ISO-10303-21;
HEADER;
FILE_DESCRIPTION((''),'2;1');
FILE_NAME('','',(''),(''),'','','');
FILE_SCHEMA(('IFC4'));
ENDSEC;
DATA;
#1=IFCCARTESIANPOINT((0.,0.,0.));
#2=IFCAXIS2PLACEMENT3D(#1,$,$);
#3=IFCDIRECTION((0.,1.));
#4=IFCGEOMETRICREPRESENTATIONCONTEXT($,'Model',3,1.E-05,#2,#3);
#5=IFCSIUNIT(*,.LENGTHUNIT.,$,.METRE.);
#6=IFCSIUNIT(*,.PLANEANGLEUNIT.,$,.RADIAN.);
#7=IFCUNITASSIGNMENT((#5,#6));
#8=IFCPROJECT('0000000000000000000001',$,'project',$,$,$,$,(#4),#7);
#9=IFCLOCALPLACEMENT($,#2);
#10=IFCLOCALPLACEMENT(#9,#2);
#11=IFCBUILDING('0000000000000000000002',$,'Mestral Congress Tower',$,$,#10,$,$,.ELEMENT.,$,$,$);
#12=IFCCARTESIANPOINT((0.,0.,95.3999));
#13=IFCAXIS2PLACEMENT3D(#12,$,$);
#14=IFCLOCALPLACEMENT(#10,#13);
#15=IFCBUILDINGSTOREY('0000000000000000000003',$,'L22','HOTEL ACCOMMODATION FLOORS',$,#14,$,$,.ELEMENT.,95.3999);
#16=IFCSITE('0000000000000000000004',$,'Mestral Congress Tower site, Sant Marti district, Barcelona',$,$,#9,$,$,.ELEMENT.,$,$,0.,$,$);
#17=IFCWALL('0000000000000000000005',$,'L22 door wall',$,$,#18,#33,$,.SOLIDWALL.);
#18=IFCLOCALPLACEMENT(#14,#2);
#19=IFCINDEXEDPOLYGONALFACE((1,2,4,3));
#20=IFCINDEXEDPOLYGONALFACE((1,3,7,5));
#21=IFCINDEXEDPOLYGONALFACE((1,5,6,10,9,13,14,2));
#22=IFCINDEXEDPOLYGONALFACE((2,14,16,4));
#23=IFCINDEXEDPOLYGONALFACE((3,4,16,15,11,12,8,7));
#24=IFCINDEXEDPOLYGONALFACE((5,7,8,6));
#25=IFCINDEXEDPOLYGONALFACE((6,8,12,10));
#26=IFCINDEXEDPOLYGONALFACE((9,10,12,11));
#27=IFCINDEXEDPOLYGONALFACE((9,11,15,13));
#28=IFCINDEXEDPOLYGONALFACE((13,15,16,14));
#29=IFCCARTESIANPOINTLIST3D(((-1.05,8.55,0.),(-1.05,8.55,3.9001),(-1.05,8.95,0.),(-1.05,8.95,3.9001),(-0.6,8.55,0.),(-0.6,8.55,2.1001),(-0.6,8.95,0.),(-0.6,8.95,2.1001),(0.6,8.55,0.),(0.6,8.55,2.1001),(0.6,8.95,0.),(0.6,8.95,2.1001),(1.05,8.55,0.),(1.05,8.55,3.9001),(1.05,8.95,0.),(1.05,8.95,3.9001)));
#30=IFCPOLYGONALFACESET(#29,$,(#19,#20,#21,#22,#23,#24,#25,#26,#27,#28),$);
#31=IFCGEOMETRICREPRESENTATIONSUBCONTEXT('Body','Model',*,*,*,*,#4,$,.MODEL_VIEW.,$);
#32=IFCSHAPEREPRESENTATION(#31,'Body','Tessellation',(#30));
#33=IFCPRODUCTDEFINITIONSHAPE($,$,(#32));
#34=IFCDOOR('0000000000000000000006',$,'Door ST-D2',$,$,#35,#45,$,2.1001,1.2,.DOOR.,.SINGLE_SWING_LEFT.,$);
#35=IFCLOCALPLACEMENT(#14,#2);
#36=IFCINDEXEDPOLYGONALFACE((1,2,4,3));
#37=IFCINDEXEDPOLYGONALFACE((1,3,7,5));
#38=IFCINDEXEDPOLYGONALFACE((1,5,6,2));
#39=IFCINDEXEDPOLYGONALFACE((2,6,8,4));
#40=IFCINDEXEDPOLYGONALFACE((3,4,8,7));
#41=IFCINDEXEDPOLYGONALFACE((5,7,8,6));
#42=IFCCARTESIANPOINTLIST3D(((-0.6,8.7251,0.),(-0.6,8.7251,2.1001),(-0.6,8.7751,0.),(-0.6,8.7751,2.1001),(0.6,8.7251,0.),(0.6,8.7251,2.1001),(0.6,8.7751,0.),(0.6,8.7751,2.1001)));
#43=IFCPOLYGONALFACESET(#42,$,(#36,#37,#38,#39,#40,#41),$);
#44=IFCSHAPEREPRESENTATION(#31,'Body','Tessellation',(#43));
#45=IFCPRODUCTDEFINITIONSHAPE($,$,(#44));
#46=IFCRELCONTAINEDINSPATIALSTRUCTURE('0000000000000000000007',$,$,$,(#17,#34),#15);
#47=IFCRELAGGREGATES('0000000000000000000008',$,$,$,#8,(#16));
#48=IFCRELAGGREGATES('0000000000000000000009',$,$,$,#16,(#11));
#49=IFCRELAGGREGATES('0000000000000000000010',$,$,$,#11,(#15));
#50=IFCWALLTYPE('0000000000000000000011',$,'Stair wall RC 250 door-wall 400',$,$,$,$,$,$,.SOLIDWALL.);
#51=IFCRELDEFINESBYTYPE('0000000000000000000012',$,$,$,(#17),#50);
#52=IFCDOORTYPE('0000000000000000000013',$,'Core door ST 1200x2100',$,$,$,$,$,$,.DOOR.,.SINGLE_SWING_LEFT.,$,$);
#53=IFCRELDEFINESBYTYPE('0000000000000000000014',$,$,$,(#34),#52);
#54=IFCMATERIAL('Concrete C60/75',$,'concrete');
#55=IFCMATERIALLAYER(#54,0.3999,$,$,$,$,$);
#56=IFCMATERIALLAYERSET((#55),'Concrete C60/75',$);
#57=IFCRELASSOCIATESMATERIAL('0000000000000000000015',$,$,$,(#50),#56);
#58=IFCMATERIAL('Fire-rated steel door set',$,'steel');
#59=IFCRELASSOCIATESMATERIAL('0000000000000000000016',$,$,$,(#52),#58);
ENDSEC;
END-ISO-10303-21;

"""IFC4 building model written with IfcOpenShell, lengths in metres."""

from ifc_helpers import new_model, si_unit, direction, frame, frame_2d, origin, place, context, subcontext, project, spatial, rectangle, extrude, material, layer, layer_set, type_object, element, fill, save


model = new_model("IFC4")

# Units and contexts
model_context = context("Model", 3, precision=1e-05, world=origin(), true_north=direction((0.0, 1.0)))
body_context = subcontext(model_context, "Body", "Model", "MODEL_VIEW")
ifc_project = project(units=[si_unit("LENGTHUNIT", "METRE"), si_unit("PLANEANGLEUNIT", "RADIAN")], contexts=[model_context])

# Site, building, storey
site_placement = place(None, origin())
site = spatial("IfcSite", under=ifc_project, at=site_placement, Name="Mestral Congress Tower site, Sant Marti district, Barcelona", CompositionType="ELEMENT", RefElevation=0.0)
building_placement = place(site_placement, origin())
building = spatial("IfcBuilding", under=site, at=building_placement, Name="Mestral Congress Tower", CompositionType="ELEMENT")
storey_placement = place(building_placement, frame((0.0, 0.0, 95.3999)))
storey = spatial("IfcBuildingStorey", under=building, at=storey_placement, Name="L22", Description="HOTEL ACCOMMODATION FLOORS", CompositionType="ELEMENT", Elevation=95.3999)

# Shared definitions
ifc_material_1 = material(Name="Fire-rated steel door set", Category="steel")

# Shared definitions
ifc_material_2 = material(Name="Concrete C60/75", Category="concrete")

# Wall, opening, door
ifc_layer_1 = layer(ifc_material_2, 0.3999)
ifc_layer_set_1 = layer_set([ifc_layer_1], Name="Concrete C60/75")
wall_type_1 = type_object("IfcWallType", Name="Stair wall RC 250 door-wall 400", PredefinedType="SOLIDWALL", material=ifc_layer_set_1)
wall_1_placement = place(storey_placement, frame((1.05, 8.75, 0.0), z_axis=(0.0, 0.0, 1.0), x_axis=(-1.0, 0.0, 0.0)))
wall_1 = element("IfcWall", 1, at=wall_1_placement, inside=storey, type_object=wall_type_1, Name="L22 door wall", PredefinedType="SOLIDWALL", context=body_context, shape_type="SweptSolid", body=[
    extrude(rectangle(XDim=2.1001, YDim=0.3999, at=frame_2d((1.05, 0.0))), origin(), (0.0, 0.0, 1.0), 3.9001),
])
opening_1_placement = place(wall_1_placement, frame((0.45, 0.0, 0.0)))
opening_1 = element("IfcOpeningElement", 2, at=opening_1_placement, cuts=wall_1, PredefinedType="OPENING", context=body_context, shape_type="SweptSolid", body=[
    extrude(rectangle(XDim=1.2, YDim=2.1001, at=frame_2d((0.6001, 1.05))), frame((0.0, 0.21, 0.0), z_axis=(0.0, -1.0, 0.0), x_axis=(1.0, 0.0, 0.0)), (0.0, 0.0, 1.0), 0.4199),
])
door_type_1 = type_object("IfcDoorType", Name="Core door ST 1200x2100", OperationType="SINGLE_SWING_LEFT", PredefinedType="DOOR", material=ifc_material_1)
door_1_placement = place(opening_1_placement, origin())
door_1 = element("IfcDoor", 3, at=door_1_placement, inside=storey, type_object=door_type_1, Name="Door ST-D2", OperationType="SINGLE_SWING_LEFT", OverallHeight=2.1001, OverallWidth=1.2, PredefinedType="DOOR", context=body_context, shape_type="SweptSolid", body=[
    extrude(rectangle(XDim=1.2, YDim=2.1001, at=frame_2d((0.6001, 1.05))), frame((0.0, 0.0249, 0.0), z_axis=(0.0, -1.0, 0.0), x_axis=(1.0, 0.0, 0.0)), (0.0, 0.0, 1.0), 0.05),
])
fill(opening_1, door_1)

save(model, "model.ifc")
